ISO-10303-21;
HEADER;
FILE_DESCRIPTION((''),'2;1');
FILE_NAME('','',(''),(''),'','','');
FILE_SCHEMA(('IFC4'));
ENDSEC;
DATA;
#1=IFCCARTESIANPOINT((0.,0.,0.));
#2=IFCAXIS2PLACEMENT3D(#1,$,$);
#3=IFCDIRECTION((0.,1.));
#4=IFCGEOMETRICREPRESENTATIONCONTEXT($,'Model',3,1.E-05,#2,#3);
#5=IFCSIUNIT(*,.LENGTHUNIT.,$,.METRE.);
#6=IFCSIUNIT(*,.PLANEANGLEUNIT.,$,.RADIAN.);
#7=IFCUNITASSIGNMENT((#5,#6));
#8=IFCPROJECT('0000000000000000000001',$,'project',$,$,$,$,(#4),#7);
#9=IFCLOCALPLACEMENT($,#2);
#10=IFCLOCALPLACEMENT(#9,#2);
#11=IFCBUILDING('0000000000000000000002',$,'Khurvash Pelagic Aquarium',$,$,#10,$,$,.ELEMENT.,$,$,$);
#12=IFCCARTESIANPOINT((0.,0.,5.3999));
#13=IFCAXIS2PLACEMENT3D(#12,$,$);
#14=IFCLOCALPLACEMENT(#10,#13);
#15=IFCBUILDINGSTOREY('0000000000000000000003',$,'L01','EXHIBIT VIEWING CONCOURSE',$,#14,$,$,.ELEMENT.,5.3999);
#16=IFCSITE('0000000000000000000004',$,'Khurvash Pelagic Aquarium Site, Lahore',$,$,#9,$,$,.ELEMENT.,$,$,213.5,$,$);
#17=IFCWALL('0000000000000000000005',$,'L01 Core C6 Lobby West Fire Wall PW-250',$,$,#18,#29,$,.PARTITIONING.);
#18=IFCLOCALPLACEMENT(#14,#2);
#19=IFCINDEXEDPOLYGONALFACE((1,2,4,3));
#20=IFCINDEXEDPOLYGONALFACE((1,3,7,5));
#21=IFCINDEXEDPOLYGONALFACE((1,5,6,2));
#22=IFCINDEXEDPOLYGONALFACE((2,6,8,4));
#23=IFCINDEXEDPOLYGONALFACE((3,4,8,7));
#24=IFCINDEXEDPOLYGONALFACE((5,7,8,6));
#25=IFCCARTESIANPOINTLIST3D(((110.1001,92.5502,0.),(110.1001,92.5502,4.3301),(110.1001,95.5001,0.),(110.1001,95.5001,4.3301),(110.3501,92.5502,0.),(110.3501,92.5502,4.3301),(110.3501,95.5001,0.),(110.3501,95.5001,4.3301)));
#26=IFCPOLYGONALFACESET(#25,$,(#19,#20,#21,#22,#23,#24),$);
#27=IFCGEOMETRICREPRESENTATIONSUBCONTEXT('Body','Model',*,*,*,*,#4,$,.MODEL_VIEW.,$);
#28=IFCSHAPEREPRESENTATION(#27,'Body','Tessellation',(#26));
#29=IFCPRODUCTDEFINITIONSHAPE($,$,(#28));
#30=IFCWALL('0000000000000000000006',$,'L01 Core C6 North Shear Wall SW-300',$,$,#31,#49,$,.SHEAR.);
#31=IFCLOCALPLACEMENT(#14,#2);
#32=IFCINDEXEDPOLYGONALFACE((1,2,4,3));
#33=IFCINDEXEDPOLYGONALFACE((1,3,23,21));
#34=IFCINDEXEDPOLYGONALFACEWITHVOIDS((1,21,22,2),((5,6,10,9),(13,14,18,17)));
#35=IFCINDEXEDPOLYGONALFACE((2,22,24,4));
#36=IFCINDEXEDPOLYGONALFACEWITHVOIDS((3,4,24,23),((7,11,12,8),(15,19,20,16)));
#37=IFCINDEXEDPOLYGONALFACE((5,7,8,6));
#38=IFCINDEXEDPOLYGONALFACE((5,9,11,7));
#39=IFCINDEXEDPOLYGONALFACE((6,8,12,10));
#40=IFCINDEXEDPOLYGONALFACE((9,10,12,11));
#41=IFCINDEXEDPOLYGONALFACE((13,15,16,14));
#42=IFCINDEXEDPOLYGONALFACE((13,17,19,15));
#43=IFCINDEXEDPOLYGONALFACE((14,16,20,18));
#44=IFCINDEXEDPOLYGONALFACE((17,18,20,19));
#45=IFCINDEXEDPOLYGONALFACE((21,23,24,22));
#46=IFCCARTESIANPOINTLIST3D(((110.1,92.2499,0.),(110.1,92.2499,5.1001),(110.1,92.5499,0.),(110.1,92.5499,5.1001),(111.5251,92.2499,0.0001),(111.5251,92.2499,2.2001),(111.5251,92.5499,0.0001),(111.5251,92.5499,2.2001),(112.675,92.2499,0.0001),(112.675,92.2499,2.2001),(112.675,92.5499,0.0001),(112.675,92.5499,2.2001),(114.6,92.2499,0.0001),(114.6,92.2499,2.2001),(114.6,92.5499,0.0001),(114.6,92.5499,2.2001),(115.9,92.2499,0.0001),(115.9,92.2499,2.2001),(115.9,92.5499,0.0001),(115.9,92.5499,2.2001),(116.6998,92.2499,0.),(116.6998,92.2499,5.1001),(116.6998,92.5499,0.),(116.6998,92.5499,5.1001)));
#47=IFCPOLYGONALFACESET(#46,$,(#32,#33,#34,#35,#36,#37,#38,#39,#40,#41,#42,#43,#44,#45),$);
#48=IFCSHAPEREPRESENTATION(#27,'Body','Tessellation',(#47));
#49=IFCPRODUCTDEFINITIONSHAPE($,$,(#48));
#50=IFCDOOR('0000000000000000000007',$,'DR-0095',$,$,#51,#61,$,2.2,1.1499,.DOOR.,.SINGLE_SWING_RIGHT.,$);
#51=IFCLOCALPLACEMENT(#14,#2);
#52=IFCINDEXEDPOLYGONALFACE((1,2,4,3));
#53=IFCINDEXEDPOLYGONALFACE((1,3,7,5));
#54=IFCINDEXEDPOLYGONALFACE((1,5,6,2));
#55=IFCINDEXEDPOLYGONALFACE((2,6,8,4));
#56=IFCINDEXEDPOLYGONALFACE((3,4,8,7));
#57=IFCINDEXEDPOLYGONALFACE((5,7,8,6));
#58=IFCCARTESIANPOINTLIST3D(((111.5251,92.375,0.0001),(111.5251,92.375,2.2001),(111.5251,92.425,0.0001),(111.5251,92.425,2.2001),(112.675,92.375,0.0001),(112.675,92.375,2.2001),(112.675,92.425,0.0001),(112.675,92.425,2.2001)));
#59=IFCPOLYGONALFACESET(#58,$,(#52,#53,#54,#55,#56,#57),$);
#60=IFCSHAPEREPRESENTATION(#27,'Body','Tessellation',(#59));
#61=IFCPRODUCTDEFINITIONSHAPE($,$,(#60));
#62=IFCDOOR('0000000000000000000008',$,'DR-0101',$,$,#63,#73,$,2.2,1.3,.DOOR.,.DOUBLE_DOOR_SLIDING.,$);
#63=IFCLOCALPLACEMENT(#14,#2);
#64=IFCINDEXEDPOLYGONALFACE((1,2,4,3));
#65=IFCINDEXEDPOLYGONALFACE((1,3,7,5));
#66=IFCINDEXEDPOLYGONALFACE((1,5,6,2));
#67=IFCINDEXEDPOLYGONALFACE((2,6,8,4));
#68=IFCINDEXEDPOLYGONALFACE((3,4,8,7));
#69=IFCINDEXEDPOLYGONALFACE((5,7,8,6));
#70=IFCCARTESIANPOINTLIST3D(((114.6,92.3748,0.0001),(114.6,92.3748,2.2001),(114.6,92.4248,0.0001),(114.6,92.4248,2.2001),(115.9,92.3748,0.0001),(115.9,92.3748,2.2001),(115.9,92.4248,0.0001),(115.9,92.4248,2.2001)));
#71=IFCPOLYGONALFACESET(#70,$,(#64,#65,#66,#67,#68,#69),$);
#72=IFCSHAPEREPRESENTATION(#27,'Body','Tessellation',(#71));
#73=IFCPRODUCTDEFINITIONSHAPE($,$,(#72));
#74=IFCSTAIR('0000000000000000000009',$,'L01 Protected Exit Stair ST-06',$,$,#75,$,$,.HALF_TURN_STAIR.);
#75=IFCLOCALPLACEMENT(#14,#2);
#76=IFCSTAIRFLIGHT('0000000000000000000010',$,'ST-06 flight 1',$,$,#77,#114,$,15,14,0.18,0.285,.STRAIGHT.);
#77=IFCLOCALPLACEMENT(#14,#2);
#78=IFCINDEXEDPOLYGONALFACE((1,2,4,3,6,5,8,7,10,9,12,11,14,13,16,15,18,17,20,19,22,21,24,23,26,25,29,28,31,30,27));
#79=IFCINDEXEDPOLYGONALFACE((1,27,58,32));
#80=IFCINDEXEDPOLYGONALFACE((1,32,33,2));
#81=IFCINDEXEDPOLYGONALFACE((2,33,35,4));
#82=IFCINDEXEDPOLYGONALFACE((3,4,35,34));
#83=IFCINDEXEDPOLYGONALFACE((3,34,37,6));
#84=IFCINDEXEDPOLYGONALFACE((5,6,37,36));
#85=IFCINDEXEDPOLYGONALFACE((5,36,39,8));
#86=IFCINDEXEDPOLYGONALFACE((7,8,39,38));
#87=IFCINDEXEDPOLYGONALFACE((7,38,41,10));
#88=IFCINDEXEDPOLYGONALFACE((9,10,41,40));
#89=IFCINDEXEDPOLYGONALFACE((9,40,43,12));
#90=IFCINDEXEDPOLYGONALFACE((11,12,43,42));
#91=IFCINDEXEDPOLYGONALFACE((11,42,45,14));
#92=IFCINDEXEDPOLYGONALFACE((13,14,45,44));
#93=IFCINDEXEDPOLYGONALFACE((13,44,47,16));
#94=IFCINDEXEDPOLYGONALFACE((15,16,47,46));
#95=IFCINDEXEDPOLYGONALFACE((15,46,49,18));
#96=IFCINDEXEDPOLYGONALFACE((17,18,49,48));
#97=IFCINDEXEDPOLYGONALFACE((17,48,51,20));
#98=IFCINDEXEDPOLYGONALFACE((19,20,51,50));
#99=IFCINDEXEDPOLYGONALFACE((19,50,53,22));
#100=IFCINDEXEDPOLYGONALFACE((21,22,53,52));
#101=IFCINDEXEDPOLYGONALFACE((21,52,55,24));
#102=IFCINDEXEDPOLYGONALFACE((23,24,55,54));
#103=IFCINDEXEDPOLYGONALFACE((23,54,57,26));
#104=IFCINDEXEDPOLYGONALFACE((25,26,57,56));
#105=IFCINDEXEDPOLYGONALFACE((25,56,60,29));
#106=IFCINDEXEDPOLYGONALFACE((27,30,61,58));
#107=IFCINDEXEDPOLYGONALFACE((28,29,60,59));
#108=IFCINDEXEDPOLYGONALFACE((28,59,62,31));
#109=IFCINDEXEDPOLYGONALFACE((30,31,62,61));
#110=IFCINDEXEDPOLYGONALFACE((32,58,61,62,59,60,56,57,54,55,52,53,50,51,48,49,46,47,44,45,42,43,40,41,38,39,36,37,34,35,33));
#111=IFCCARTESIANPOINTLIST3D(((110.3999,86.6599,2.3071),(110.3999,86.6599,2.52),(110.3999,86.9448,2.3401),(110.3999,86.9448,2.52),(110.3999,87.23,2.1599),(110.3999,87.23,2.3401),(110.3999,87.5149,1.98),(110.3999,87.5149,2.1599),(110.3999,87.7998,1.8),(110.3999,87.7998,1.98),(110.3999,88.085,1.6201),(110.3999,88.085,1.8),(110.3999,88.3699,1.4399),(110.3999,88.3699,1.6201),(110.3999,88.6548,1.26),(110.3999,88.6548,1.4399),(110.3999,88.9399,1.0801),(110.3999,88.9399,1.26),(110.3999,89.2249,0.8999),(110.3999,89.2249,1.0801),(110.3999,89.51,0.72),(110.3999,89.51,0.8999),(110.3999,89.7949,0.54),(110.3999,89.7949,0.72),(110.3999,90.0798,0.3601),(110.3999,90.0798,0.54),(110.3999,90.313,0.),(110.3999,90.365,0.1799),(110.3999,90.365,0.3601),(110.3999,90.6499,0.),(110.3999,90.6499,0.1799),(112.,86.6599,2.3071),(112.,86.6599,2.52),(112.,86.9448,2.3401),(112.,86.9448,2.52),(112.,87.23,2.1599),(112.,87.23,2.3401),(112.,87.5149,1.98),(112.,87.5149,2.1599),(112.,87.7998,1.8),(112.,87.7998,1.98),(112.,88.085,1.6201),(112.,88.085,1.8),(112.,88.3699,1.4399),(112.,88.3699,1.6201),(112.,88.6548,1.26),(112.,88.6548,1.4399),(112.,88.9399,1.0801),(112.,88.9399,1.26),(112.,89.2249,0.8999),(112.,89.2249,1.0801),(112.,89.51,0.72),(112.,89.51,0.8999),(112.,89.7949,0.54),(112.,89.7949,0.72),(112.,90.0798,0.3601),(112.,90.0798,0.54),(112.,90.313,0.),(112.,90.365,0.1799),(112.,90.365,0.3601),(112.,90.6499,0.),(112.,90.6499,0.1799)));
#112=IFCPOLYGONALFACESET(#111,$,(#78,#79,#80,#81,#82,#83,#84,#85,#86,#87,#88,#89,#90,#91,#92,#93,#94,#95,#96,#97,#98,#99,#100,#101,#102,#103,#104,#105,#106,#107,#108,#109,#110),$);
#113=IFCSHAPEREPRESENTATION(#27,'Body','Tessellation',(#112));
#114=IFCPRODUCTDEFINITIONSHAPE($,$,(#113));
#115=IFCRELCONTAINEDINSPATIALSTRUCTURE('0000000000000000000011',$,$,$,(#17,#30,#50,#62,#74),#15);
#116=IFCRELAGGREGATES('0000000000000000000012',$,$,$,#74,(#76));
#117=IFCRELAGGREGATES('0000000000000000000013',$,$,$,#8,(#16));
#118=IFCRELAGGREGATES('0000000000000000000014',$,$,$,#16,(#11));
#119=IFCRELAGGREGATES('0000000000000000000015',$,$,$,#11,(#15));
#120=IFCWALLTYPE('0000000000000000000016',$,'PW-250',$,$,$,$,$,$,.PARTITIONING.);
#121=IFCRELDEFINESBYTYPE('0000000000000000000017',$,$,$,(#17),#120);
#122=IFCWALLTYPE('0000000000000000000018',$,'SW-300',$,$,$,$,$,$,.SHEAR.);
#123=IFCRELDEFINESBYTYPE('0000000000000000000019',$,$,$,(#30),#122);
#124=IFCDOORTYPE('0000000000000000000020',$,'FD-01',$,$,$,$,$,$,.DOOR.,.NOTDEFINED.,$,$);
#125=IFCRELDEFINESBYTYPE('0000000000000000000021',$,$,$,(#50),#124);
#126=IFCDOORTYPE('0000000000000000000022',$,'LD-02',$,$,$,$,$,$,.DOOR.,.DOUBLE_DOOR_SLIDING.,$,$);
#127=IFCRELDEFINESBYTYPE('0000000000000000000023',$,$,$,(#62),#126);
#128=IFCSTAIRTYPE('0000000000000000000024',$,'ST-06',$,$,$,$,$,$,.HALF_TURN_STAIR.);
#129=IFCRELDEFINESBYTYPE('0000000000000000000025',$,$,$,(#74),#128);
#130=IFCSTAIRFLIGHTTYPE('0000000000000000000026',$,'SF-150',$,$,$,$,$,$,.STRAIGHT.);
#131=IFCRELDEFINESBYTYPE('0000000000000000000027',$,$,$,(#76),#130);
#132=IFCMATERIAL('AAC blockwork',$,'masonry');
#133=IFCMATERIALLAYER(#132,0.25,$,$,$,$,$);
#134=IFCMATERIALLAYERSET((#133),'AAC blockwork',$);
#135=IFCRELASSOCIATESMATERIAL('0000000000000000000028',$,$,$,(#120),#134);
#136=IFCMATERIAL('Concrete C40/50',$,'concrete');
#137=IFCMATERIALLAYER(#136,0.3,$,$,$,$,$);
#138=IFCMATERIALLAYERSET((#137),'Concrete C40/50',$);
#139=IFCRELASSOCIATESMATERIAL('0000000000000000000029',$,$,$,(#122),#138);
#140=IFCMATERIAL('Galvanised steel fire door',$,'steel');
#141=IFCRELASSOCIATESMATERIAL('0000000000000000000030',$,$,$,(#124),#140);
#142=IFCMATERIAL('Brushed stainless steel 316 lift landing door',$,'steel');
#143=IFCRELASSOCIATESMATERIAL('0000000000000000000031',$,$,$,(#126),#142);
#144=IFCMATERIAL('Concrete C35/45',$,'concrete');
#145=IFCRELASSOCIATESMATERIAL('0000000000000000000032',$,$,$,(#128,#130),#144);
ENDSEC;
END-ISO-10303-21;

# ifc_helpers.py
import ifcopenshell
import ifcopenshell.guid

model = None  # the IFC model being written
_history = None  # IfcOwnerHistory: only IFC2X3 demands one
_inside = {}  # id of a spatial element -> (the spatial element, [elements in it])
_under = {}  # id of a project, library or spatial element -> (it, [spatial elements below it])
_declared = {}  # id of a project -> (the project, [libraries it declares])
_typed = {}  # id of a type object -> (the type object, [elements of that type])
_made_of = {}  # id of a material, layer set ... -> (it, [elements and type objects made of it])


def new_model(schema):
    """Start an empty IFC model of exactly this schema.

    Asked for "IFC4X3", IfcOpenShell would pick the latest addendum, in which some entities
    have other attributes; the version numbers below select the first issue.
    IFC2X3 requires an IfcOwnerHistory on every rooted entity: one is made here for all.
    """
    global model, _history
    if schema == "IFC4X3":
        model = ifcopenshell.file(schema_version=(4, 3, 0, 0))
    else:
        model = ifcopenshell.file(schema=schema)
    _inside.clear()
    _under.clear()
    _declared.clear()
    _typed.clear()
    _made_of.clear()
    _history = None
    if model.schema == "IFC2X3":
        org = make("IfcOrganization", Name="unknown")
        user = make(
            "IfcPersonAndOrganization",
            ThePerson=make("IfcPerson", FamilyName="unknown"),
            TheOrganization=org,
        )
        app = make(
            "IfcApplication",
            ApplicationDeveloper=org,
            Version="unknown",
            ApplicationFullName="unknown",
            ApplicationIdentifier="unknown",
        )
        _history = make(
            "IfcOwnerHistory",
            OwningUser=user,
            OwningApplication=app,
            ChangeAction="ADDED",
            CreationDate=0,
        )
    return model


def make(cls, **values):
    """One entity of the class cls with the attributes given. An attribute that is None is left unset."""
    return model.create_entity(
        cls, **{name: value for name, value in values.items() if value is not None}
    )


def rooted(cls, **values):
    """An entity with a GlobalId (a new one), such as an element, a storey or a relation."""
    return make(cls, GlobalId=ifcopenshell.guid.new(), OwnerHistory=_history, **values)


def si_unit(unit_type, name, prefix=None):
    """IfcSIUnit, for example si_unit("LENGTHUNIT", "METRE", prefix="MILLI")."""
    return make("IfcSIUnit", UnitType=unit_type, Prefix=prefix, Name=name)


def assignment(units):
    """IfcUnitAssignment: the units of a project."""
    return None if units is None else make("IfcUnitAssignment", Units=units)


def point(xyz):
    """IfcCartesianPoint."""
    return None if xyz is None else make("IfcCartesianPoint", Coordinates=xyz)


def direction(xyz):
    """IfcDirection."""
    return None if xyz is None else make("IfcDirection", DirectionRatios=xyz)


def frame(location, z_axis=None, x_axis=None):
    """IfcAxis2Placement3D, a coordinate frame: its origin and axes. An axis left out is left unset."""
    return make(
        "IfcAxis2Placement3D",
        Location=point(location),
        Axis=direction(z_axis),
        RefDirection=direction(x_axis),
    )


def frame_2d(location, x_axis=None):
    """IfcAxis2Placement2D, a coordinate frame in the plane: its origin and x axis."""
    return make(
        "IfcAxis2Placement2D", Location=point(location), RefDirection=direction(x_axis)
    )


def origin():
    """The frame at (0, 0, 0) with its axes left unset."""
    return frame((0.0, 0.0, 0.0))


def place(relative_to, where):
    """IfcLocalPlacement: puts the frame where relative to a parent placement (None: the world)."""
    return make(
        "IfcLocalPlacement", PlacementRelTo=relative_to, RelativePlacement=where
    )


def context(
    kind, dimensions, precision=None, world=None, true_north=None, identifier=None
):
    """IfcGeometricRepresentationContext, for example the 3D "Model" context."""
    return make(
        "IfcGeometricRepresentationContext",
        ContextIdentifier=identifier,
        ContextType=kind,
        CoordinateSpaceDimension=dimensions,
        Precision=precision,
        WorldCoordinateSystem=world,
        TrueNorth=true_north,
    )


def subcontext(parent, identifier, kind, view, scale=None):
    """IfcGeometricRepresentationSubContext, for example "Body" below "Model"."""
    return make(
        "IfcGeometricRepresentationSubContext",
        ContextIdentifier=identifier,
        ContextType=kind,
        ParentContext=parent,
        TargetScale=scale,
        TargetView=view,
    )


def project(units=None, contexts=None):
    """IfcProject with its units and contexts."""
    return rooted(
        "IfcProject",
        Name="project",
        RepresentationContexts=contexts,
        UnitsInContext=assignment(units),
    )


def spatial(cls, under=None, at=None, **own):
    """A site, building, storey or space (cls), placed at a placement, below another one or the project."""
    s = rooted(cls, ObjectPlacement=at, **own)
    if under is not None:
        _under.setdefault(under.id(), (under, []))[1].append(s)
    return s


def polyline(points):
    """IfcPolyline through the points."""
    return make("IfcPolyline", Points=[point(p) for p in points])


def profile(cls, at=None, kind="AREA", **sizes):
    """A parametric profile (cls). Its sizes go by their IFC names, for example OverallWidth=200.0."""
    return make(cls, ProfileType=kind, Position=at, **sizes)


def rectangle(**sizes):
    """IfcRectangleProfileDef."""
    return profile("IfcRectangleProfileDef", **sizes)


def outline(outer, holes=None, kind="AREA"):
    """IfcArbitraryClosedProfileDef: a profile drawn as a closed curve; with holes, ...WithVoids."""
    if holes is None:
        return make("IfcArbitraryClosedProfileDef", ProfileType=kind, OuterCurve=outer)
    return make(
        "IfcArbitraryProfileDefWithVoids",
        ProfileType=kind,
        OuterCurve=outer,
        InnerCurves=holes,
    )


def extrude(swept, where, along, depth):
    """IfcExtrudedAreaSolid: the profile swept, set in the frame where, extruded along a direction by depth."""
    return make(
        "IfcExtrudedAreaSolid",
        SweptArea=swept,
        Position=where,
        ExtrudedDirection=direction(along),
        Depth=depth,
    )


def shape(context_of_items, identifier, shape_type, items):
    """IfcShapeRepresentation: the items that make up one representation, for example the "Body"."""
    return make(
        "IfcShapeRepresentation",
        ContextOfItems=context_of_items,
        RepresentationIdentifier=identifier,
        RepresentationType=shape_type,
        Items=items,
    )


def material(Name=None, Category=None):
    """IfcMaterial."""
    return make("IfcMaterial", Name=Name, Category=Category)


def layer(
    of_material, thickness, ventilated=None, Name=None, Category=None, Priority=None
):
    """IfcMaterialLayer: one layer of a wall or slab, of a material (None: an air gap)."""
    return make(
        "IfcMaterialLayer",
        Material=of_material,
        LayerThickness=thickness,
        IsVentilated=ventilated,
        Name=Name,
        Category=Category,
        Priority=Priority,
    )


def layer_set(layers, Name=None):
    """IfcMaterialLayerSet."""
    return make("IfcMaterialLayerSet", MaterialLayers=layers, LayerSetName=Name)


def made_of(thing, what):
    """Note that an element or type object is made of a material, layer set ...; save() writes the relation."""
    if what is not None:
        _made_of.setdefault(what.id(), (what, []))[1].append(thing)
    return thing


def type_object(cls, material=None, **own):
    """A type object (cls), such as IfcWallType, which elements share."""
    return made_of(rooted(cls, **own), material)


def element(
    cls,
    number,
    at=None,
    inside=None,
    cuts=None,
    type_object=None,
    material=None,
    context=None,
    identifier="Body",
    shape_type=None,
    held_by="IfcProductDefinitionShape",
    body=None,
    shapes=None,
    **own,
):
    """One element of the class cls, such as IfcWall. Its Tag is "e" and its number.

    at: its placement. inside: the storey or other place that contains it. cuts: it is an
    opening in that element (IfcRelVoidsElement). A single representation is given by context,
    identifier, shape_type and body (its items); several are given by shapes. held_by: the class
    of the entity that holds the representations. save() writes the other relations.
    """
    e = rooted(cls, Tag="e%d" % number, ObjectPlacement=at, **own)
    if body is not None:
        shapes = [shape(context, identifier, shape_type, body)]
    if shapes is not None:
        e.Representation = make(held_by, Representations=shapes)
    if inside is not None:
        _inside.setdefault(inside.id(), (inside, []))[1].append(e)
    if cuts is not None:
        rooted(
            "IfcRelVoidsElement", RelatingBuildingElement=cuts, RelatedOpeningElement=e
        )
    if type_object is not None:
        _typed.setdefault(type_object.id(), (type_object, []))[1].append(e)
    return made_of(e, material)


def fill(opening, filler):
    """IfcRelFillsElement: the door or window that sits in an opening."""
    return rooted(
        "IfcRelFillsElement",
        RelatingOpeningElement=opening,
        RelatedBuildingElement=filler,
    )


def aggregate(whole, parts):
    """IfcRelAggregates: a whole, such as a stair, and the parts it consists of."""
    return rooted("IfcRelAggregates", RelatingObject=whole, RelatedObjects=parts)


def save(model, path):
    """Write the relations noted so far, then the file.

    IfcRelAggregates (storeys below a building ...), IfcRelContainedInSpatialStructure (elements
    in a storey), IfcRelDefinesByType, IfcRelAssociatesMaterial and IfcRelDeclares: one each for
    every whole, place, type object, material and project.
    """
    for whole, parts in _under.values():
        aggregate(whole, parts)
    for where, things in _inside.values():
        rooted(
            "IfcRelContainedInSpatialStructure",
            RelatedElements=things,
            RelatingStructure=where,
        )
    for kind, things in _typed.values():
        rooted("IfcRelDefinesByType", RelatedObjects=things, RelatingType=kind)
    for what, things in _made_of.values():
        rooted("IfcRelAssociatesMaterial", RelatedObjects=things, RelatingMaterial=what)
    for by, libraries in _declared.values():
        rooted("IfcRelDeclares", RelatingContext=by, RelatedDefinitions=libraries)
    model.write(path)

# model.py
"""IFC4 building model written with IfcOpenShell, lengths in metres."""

from ifc_helpers import new_model, si_unit, direction, frame, frame_2d, origin, place, context, subcontext, project, spatial, polyline, rectangle, outline, extrude, material, layer, layer_set, type_object, element, fill, aggregate, save


model = new_model("IFC4")

# Units and contexts
model_context = context("Model", 3, precision=1e-05, world=origin(), true_north=direction((0.0, 1.0)))
body_context = subcontext(model_context, "Body", "Model", "MODEL_VIEW")
ifc_project = project(units=[si_unit("LENGTHUNIT", "METRE"), si_unit("PLANEANGLEUNIT", "RADIAN")], contexts=[model_context])

# Site, building, storey
site_placement = place(None, origin())
site = spatial("IfcSite", under=ifc_project, at=site_placement, Name="Khurvash Pelagic Aquarium Site, Lahore", CompositionType="ELEMENT", RefElevation=213.5)
building_placement = place(site_placement, origin())
building = spatial("IfcBuilding", under=site, at=building_placement, Name="Khurvash Pelagic Aquarium", CompositionType="ELEMENT")
storey_placement = place(building_placement, frame((0.0, 0.0, 5.3999)))
storey = spatial("IfcBuildingStorey", under=building, at=storey_placement, Name="L01", Description="EXHIBIT VIEWING CONCOURSE", CompositionType="ELEMENT", Elevation=5.3999)

# Shared definitions
ifc_material_1 = material(Name="Concrete C40/50", Category="concrete")

# Shared definitions
ifc_material_2 = material(Name="Concrete C35/45", Category="concrete")

# Shared definitions
ifc_material_3 = material(Name="AAC blockwork", Category="masonry")
ifc_layer_1 = layer(ifc_material_3, 0.25)
ifc_layer_set_1 = layer_set([ifc_layer_1], Name="AAC blockwork")
wall_type_1 = type_object("IfcWallType", Name="PW-250", PredefinedType="PARTITIONING", material=ifc_layer_set_1)

# Wall
wall_1_placement = place(storey_placement, frame((110.2251, 92.55, 0.0), z_axis=(0.0, 0.0, 1.0), x_axis=(0.0, 1.0, 0.0)))
element("IfcWall", 1, at=wall_1_placement, inside=storey, type_object=wall_type_1, Name="L01 Core C6 Lobby West Fire Wall PW-250", PredefinedType="PARTITIONING", context=body_context, shape_type="SweptSolid", body=[
    extrude(rectangle(XDim=2.95, YDim=0.25, at=frame_2d((1.4751, 0.0))), origin(), (0.0, 0.0, 1.0), 4.3301),
])

# Wall, openings, doors
ifc_layer_2 = layer(ifc_material_1, 0.3)
ifc_layer_set_2 = layer_set([ifc_layer_2], Name="Concrete C40/50")
wall_type_2 = type_object("IfcWallType", Name="SW-300", PredefinedType="SHEAR", material=ifc_layer_set_2)
wall_2_placement = place(storey_placement, frame((110.1001, 92.3999, 0.0), z_axis=(0.0, 0.0, 1.0), x_axis=(1.0, 0.0, 0.0)))
wall_2 = element("IfcWall", 2, at=wall_2_placement, inside=storey, type_object=wall_type_2, Name="L01 Core C6 North Shear Wall SW-300", PredefinedType="SHEAR", context=body_context, shape_type="SweptSolid", body=[
    extrude(rectangle(XDim=6.5999, YDim=0.3, at=frame_2d((3.2998, 0.0))), origin(), (0.0, 0.0, 1.0), 5.1001),
])
opening_1_placement = place(wall_2_placement, frame((1.425, 0.0, 0.0)))
opening_1 = element("IfcOpeningElement", 3, at=opening_1_placement, cuts=wall_2, PredefinedType="OPENING", context=body_context, shape_type="SweptSolid", body=[
    extrude(rectangle(XDim=1.1499, YDim=2.2, at=frame_2d((0.575, 1.1001))), frame((0.0, 0.1602, 0.0), z_axis=(0.0, -1.0, 0.0), x_axis=(1.0, 0.0, 0.0)), (0.0, 0.0, 1.0), 0.3201),
])
opening_2_placement = place(wall_2_placement, frame((4.5, 0.0, 0.0)))
opening_2 = element("IfcOpeningElement", 4, at=opening_2_placement, cuts=wall_2, PredefinedType="OPENING", context=body_context, shape_type="SweptSolid", body=[
    extrude(rectangle(XDim=1.3, YDim=2.2, at=frame_2d((0.6499, 1.1001))), frame((0.0, 0.1602, 0.0), z_axis=(0.0, -1.0, 0.0), x_axis=(1.0, 0.0, 0.0)), (0.0, 0.0, 1.0), 0.3201),
])
ifc_material_4 = material(Name="Galvanised steel fire door", Category="steel")
door_type_1 = type_object("IfcDoorType", Name="FD-01", OperationType="NOTDEFINED", PredefinedType="DOOR", material=ifc_material_4)
door_1_placement = place(opening_1_placement, frame((1.1499, 0.0, 0.0), z_axis=(0.0, 0.0, 1.0), x_axis=(-1.0, 0.0, 0.0)))
door_1 = element("IfcDoor", 5, at=door_1_placement, inside=storey, type_object=door_type_1, Name="DR-0095", OperationType="SINGLE_SWING_RIGHT", OverallHeight=2.2, OverallWidth=1.1499, PredefinedType="DOOR", context=body_context, shape_type="SweptSolid", body=[
    extrude(rectangle(XDim=1.1499, YDim=2.2, at=frame_2d((0.575, 1.1001))), frame((0.0, 0.0249, 0.0), z_axis=(0.0, -1.0, 0.0), x_axis=(1.0, 0.0, 0.0)), (0.0, 0.0, 1.0), 0.05),
])
fill(opening_1, door_1)
ifc_material_5 = material(Name="Brushed stainless steel 316 lift landing door", Category="steel")
door_type_2 = type_object("IfcDoorType", Name="LD-02", OperationType="DOUBLE_DOOR_SLIDING", PredefinedType="DOOR", material=ifc_material_5)
door_2_placement = place(opening_2_placement, origin())
door_2 = element("IfcDoor", 6, at=door_2_placement, inside=storey, type_object=door_type_2, Name="DR-0101", OperationType="DOUBLE_DOOR_SLIDING", OverallHeight=2.2, OverallWidth=1.3, PredefinedType="DOOR", context=body_context, shape_type="SweptSolid", body=[
    extrude(rectangle(XDim=1.3, YDim=2.2, at=frame_2d((0.6499, 1.1001))), frame((0.0, 0.0249, 0.0), z_axis=(0.0, -1.0, 0.0), x_axis=(1.0, 0.0, 0.0)), (0.0, 0.0, 1.0), 0.05),
])
fill(opening_2, door_2)

# Stair, stair flight
stair_type = type_object("IfcStairType", Name="ST-06", PredefinedType="HALF_TURN_STAIR", material=ifc_material_2)
stair_placement = place(storey_placement, origin())
stair = element("IfcStair", 7, at=stair_placement, inside=storey, type_object=stair_type, Name="L01 Protected Exit Stair ST-06", PredefinedType="HALF_TURN_STAIR")
stair_flight_type = type_object("IfcStairFlightType", Name="SF-150", PredefinedType="STRAIGHT", material=ifc_material_2)
stair_flight_placement = place(storey_placement, frame((111.2, 90.6499, 0.0), z_axis=(0.0, 0.0, 1.0), x_axis=(0.0, -1.0, 0.0)))
stair_flight = element("IfcStairFlight", 8, at=stair_flight_placement, type_object=stair_flight_type, Name="ST-06 flight 1", NumberOfRisers=15, NumberOfTreads=14, PredefinedType="STRAIGHT", RiserHeight=0.18, TreadLength=0.285, context=body_context, shape_type="SweptSolid", body=[
    extrude(outline(polyline([(0.0, 0.0), (0.0, 0.1799), (0.2849, 0.1799), (0.2849, 0.3601), (0.5701, 0.3601), (0.5701, 0.54), (0.855, 0.54), (0.855, 0.72), (1.1399, 0.72), (1.1399, 0.8999), (1.425, 0.8999), (1.425, 1.0801), (1.71, 1.0801), (1.71, 1.26), (1.9951, 1.26), (1.9951, 1.4399), (2.28, 1.4399), (2.28, 1.6201), (2.5649, 1.6201), (2.5649, 1.8), (2.8501, 1.8), (2.8501, 1.98), (3.135, 1.98), (3.135, 2.1599), (3.4199, 2.1599), (3.4199, 2.3401), (3.7051, 2.3401), (3.7051, 2.52), (3.99, 2.52), (3.99, 2.7), (3.99, 2.3071), (0.3369, 0.0), (0.0, 0.0)])), frame((0.0, 0.8, 0.0), z_axis=(0.0, -1.0, 0.0), x_axis=(1.0, 0.0, 0.0)), (0.0, 0.0, 1.0), 1.6001),
])
aggregate(stair, [stair_flight])

save(model, "model.ifc")
